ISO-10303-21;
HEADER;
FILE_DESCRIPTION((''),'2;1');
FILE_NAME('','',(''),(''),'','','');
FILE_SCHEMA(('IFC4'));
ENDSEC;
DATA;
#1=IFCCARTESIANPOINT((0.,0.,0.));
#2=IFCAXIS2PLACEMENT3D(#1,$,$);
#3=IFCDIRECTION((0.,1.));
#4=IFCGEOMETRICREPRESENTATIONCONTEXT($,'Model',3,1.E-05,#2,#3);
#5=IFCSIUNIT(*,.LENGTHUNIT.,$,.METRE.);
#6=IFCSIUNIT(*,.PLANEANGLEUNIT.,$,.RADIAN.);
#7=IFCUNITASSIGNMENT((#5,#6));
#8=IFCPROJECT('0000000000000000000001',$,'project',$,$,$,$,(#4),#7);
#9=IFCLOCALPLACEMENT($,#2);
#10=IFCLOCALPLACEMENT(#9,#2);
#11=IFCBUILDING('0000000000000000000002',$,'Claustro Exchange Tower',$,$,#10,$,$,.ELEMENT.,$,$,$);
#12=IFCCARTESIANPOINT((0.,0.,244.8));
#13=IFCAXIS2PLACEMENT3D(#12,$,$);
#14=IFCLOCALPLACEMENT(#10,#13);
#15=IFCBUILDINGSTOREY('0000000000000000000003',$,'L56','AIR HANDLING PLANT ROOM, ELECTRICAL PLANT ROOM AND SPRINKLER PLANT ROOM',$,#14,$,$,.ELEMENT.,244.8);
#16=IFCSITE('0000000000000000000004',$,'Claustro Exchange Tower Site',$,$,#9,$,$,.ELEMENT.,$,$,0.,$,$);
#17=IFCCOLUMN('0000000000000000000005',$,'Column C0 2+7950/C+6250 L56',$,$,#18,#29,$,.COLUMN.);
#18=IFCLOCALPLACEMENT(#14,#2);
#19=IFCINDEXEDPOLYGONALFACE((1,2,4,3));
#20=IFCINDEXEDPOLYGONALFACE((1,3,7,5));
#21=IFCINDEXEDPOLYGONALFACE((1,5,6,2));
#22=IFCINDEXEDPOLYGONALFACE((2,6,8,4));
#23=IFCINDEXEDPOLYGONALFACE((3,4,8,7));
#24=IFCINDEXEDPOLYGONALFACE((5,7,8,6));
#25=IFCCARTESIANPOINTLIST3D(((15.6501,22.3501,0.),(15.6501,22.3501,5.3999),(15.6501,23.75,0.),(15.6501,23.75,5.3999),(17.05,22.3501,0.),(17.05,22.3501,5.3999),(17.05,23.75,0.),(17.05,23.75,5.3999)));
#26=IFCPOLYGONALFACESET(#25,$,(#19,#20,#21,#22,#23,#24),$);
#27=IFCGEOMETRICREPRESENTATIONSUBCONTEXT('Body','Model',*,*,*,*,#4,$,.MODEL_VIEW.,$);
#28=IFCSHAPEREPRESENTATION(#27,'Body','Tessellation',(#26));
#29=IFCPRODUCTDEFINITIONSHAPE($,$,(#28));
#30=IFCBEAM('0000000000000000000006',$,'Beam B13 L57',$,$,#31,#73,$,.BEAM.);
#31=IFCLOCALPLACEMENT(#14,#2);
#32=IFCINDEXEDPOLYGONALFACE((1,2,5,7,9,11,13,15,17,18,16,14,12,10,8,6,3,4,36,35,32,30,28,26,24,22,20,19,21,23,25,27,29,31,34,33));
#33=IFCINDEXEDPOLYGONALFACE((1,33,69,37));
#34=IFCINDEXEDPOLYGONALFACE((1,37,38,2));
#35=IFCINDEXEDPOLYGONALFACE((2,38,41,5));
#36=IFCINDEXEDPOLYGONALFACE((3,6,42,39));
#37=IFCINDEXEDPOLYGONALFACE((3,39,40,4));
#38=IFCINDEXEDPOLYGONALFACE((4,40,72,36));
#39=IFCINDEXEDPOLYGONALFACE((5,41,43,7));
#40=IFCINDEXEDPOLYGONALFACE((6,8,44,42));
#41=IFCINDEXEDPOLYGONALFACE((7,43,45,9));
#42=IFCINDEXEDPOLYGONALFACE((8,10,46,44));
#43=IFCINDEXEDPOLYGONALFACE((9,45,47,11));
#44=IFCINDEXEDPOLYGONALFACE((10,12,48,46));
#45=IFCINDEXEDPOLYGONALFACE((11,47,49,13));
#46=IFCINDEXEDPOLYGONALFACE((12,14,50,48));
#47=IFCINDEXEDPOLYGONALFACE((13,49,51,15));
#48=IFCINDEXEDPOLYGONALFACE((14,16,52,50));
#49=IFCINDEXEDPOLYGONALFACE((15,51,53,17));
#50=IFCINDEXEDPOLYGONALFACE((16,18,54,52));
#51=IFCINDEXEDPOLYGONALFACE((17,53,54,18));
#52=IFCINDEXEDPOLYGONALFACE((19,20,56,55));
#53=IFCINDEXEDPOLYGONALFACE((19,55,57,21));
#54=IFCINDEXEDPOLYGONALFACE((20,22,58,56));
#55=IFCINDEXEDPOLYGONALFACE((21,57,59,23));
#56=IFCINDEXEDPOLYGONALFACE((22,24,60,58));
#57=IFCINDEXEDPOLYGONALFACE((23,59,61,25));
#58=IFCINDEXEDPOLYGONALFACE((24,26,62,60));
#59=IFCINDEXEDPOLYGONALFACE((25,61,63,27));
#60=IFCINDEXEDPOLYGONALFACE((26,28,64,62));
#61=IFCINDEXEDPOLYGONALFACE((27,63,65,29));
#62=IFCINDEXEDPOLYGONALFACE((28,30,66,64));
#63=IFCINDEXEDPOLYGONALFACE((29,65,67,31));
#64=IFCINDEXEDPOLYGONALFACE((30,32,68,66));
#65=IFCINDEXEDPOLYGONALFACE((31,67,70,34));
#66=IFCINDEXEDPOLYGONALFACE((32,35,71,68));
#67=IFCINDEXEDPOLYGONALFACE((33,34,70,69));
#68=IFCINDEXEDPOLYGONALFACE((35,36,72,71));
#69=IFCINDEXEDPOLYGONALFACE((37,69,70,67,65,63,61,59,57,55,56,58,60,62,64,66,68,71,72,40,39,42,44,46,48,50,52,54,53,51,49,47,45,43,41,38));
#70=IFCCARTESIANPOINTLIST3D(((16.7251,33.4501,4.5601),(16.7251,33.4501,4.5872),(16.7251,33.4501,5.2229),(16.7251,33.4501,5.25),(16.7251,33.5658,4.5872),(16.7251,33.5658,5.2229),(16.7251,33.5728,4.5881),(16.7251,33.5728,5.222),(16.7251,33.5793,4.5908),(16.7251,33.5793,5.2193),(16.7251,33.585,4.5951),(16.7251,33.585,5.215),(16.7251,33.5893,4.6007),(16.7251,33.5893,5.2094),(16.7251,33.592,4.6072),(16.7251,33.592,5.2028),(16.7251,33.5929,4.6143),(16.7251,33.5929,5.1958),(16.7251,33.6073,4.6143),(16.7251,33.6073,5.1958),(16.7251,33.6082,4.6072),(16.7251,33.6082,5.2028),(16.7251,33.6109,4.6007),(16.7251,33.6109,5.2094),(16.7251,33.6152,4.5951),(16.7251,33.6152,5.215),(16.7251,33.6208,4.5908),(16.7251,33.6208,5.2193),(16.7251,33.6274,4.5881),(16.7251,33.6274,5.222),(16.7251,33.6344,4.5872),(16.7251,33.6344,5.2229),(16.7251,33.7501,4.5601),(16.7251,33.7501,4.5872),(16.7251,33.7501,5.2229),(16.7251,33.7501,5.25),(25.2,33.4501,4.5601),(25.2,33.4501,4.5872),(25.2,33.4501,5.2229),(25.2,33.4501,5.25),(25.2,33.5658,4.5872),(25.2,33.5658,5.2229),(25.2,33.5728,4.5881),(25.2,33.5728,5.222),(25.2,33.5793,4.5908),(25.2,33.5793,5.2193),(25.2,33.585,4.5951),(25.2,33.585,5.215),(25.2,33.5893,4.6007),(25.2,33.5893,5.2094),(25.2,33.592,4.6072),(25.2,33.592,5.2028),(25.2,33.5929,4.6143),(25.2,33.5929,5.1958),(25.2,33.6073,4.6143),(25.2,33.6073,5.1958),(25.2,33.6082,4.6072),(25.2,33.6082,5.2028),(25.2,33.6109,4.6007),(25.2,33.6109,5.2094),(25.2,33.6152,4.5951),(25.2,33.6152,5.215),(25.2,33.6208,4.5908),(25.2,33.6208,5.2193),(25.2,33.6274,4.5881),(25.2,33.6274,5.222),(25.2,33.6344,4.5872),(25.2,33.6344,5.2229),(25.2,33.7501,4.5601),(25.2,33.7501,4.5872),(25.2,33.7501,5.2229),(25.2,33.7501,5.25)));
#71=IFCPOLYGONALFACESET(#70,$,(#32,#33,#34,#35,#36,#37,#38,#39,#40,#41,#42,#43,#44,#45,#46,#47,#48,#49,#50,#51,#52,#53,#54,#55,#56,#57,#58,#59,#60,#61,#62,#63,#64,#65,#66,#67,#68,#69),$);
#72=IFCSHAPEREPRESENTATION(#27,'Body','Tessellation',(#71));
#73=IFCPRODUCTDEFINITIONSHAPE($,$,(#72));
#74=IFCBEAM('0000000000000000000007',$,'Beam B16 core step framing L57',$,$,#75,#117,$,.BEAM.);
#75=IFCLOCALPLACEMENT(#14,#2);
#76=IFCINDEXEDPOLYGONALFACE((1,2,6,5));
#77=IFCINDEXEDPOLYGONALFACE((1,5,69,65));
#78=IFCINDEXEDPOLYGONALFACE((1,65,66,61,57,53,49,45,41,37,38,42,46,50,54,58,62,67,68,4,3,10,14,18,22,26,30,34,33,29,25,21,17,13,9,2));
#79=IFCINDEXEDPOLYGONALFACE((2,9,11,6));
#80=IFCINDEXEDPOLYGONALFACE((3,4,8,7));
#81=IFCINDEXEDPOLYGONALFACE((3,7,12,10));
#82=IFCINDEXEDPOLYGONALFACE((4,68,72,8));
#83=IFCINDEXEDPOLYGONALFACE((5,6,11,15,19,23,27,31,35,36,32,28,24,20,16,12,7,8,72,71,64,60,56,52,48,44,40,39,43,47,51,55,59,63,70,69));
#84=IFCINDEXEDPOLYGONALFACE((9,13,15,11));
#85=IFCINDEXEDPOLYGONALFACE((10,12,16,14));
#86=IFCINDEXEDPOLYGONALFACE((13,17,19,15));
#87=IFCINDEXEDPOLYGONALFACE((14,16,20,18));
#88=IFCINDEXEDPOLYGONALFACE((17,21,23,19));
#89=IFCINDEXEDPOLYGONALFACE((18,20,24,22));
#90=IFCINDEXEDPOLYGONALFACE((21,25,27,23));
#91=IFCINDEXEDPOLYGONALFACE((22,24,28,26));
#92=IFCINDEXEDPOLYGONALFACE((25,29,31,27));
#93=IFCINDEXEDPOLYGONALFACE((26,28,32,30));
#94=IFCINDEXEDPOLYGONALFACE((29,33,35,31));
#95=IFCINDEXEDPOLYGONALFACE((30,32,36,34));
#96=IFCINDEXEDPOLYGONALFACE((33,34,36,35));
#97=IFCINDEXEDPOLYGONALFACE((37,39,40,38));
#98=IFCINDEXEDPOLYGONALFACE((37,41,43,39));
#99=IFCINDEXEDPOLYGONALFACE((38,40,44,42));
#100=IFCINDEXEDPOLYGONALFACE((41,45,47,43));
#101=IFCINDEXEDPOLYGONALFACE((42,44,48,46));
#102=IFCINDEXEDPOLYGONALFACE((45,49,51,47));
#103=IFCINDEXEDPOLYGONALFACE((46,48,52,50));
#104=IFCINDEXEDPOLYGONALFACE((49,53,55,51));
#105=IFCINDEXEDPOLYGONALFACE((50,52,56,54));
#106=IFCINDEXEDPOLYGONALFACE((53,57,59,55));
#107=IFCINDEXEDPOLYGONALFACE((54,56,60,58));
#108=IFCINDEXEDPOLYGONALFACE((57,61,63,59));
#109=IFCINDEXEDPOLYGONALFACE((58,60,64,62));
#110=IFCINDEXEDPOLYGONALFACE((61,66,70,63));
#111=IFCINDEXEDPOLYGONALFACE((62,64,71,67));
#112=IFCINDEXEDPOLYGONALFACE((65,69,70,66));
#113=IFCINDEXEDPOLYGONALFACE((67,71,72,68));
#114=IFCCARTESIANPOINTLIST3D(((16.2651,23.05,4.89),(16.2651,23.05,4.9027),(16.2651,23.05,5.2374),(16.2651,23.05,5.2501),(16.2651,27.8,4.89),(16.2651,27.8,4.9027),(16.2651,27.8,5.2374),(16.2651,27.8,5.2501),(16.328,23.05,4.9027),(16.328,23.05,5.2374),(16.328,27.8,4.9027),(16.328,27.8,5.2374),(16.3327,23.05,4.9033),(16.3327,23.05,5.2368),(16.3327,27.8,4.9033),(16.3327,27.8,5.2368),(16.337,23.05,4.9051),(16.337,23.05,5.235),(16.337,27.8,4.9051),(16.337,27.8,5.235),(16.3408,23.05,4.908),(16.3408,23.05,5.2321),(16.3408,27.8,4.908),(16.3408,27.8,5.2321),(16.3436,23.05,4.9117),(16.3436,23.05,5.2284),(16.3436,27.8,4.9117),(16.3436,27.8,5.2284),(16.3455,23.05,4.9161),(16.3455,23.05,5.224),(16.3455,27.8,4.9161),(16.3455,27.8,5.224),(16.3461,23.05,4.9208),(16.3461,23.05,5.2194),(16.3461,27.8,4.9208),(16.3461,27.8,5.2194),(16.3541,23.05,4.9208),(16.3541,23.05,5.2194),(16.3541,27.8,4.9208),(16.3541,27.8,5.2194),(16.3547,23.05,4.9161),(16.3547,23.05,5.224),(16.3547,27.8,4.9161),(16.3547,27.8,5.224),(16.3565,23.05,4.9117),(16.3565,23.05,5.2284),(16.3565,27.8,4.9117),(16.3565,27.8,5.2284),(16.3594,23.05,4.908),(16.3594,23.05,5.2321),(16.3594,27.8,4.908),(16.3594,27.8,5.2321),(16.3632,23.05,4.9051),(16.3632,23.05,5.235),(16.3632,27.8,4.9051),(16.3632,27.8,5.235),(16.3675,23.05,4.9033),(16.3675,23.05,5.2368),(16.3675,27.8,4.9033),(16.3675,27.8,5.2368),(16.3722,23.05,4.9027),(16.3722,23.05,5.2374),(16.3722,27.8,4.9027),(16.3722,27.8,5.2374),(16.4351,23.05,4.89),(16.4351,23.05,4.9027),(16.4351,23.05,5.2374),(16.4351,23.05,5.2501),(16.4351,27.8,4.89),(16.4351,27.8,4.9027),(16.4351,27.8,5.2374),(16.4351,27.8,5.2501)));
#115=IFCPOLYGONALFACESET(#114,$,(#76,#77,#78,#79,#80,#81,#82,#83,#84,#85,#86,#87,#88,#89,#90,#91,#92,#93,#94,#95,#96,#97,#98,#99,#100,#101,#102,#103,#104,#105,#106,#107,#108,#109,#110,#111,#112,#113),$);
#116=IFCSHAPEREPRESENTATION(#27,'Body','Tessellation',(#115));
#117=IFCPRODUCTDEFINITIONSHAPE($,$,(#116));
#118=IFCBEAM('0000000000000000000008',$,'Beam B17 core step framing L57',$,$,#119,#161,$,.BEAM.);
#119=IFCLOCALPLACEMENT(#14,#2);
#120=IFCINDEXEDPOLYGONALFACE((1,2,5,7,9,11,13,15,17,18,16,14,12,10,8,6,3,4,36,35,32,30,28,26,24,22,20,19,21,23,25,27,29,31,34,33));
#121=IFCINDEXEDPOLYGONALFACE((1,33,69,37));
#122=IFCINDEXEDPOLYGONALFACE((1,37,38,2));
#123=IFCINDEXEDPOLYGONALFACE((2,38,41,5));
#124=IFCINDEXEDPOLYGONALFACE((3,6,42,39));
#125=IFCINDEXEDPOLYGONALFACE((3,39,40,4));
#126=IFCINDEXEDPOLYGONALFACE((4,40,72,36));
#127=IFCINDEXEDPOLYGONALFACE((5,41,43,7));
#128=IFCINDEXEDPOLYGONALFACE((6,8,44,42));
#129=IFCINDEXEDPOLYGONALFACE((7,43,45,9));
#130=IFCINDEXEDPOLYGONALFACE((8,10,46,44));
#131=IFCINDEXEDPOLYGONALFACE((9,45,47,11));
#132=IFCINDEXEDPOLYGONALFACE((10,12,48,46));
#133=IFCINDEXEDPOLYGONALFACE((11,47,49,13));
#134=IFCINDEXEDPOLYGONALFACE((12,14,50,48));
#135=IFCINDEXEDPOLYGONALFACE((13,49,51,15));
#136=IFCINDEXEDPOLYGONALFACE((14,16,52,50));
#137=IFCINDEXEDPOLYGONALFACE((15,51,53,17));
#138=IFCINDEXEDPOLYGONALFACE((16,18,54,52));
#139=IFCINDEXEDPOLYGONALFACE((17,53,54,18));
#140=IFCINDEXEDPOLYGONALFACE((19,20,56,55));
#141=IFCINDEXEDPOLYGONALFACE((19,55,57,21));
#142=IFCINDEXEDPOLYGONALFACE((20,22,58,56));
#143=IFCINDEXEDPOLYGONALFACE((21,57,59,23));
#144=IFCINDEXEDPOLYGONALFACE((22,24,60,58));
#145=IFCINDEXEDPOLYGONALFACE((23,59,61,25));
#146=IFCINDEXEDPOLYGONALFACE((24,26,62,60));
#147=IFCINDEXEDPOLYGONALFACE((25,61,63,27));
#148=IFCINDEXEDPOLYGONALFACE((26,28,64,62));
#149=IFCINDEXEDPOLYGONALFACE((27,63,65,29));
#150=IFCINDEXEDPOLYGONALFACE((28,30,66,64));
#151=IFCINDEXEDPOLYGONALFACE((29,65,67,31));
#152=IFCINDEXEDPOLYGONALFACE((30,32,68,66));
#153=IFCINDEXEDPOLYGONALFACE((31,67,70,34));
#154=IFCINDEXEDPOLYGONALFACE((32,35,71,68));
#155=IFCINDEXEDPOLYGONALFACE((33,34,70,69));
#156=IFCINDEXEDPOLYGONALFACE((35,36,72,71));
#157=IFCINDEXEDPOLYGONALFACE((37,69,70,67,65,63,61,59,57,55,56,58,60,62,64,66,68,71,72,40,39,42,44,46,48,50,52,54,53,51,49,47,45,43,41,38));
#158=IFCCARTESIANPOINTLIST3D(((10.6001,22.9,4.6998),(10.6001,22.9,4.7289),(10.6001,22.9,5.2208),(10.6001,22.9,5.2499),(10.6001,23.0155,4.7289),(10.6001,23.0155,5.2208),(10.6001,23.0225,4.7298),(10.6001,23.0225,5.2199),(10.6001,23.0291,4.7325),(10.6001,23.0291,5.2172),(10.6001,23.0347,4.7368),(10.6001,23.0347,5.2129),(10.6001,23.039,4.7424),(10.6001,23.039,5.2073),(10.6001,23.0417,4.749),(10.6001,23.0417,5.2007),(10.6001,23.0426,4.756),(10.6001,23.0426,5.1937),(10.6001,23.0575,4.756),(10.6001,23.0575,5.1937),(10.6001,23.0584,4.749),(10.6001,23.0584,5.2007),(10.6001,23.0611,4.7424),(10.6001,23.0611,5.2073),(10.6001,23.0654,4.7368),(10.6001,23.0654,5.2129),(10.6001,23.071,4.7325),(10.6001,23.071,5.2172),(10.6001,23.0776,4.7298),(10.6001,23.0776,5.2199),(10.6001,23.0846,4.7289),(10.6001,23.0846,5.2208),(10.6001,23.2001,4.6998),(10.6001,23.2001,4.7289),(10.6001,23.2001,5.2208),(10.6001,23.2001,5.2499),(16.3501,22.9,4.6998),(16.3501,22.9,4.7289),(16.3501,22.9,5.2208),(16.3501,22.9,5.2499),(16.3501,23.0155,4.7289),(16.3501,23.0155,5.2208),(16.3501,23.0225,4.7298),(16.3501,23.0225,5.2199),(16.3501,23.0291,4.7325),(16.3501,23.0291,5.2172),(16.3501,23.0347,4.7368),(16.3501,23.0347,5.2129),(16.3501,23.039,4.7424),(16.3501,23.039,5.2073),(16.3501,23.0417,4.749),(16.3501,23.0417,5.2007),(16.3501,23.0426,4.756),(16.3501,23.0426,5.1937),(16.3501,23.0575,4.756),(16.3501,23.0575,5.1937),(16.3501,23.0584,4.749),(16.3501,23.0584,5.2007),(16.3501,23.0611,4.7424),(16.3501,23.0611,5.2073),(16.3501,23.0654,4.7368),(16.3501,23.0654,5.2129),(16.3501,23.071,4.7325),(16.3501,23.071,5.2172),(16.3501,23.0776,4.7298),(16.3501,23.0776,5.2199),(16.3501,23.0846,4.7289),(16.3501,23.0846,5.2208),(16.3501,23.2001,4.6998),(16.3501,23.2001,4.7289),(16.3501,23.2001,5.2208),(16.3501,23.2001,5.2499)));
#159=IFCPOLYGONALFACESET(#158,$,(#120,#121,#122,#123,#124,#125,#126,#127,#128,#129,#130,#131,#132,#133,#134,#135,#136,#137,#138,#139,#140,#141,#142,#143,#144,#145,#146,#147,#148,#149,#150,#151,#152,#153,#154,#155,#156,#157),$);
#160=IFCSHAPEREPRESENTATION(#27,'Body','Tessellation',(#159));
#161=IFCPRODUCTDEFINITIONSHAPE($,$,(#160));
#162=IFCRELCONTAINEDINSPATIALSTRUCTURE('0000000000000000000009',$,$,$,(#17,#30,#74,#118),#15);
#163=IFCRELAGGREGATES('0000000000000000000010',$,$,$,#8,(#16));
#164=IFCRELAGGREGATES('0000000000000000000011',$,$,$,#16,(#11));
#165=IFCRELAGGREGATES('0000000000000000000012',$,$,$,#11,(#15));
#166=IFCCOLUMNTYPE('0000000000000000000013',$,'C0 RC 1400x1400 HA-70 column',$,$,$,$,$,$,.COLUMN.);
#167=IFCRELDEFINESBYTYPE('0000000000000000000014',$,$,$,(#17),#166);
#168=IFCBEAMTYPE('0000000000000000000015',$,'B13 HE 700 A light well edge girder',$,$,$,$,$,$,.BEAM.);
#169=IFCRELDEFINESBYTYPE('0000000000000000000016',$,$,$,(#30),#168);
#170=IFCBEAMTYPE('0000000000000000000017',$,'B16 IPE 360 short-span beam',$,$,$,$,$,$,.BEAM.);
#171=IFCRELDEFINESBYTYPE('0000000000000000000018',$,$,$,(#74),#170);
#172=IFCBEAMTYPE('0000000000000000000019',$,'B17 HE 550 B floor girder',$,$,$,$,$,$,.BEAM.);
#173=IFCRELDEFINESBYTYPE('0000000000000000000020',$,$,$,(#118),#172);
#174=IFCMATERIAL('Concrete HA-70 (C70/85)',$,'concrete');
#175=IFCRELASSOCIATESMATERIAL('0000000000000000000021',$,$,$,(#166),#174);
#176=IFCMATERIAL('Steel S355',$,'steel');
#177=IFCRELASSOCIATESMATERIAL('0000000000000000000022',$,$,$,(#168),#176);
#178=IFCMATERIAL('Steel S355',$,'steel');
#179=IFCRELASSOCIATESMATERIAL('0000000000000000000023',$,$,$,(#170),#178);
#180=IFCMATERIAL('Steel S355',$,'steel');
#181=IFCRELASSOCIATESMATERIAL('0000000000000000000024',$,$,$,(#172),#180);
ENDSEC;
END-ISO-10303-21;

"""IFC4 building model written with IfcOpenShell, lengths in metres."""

from ifc_helpers import new_model, si_unit, direction, frame, origin, origin_2d, place, context, subcontext, project, spatial, rectangle, i_section, extrude, material, material_profile, profile_set, type_object, element, save


model = new_model("IFC4")

# Units and contexts
model_context = context("Model", 3, precision=1e-05, world=origin(), true_north=direction((0.0, 1.0)))
body_context = subcontext(model_context, "Body", "Model", "MODEL_VIEW")
ifc_project = project(units=[si_unit("LENGTHUNIT", "METRE"), si_unit("PLANEANGLEUNIT", "RADIAN")], contexts=[model_context])

# Site, building, storey
site_placement = place(None, origin())
site = spatial("IfcSite", under=ifc_project, at=site_placement, Name="Claustro Exchange Tower Site", CompositionType="ELEMENT", RefElevation=0.0)
building_placement = place(site_placement, origin())
building = spatial("IfcBuilding", under=site, at=building_placement, Name="Claustro Exchange Tower", CompositionType="ELEMENT")
storey_placement = place(building_placement, frame((0.0, 0.0, 244.8)))
storey = spatial("IfcBuildingStorey", under=building, at=storey_placement, Name="L56", Description="AIR HANDLING PLANT ROOM, ELECTRICAL PLANT ROOM AND SPRINKLER PLANT ROOM", CompositionType="ELEMENT", Elevation=244.8)

# Column
ifc_material_1 = material(Name="Concrete HA-70 (C70/85)", Category="concrete")
ifc_material_profile_1 = material_profile(ifc_material_1, rectangle(XDim=1.3999, YDim=1.3999, at=origin_2d()), Name="RC 1400x1400")
ifc_profile_set_1 = profile_set([ifc_material_profile_1], Name="Concrete HA-70 (C70/85)")
column_type = type_object("IfcColumnType", Name="C0 RC 1400x1400 HA-70 column", PredefinedType="COLUMN", material=ifc_profile_set_1)
column_placement = place(storey_placement, frame((16.3501, 23.05, 0.0), z_axis=(0.0, 0.0, 1.0), x_axis=(1.0, 0.0, 0.0)))
element("IfcColumn", 1, at=column_placement, inside=storey, type_object=column_type, Name="Column C0 2+7950/C+6250 L56", PredefinedType="COLUMN", context=body_context, shape_type="SweptSolid", body=[
    extrude(rectangle(XDim=1.3999, YDim=1.3999, at=origin_2d()), origin(), (0.0, 0.0, 1.0), 5.3999),
])

# Beams
ifc_material_2 = material(Name="Steel S355", Category="steel")
ifc_material_profile_2 = material_profile(ifc_material_2, i_section(OverallWidth=0.3, OverallDepth=0.6899, WebThickness=0.0144, FlangeThickness=0.0271, FilletRadius=0.0271, at=origin_2d()), Name="HE 700 A")
ifc_profile_set_2 = profile_set([ifc_material_profile_2], Name="Steel S355")
beam_type_1 = type_object("IfcBeamType", Name="B13 HE 700 A light well edge girder", PredefinedType="BEAM", material=ifc_profile_set_2)
beam_1_placement = place(storey_placement, frame((16.7251, 33.6001, 4.905), z_axis=(1.0, 0.0, 0.0), x_axis=(0.0, 1.0, 0.0)))
element("IfcBeam", 2, at=beam_1_placement, inside=storey, type_object=beam_type_1, Name="Beam B13 L57", PredefinedType="BEAM", context=body_context, shape_type="SweptSolid", body=[
    extrude(i_section(OverallWidth=0.3, OverallDepth=0.6899, WebThickness=0.0144, FlangeThickness=0.0271, FilletRadius=0.0271, at=origin_2d()), origin(), (0.0, 0.0, 1.0), 8.4749),
])
ifc_material_3 = material(Name="Steel S355", Category="steel")
ifc_material_profile_3 = material_profile(ifc_material_3, i_section(OverallWidth=0.1699, OverallDepth=0.3601, WebThickness=0.0081, FlangeThickness=0.0127, FilletRadius=0.0181, at=origin_2d()), Name="IPE 360")
ifc_profile_set_3 = profile_set([ifc_material_profile_3], Name="Steel S355")
beam_type_2 = type_object("IfcBeamType", Name="B16 IPE 360 short-span beam", PredefinedType="BEAM", material=ifc_profile_set_3)
beam_2_placement = place(storey_placement, frame((16.3501, 23.05, 5.0701), z_axis=(0.0, 1.0, 0.0), x_axis=(-1.0, 0.0, 0.0)))
element("IfcBeam", 3, at=beam_2_placement, inside=storey, type_object=beam_type_2, Name="Beam B16 core step framing L57", PredefinedType="BEAM", context=body_context, shape_type="SweptSolid", body=[
    extrude(i_section(OverallWidth=0.1699, OverallDepth=0.3601, WebThickness=0.0081, FlangeThickness=0.0127, FilletRadius=0.0181, at=origin_2d()), origin(), (0.0, 0.0, 1.0), 4.75),
])
ifc_material_4 = material(Name="Steel S355", Category="steel")
ifc_material_profile_4 = material_profile(ifc_material_4, i_section(OverallWidth=0.3, OverallDepth=0.55, WebThickness=0.0149, FlangeThickness=0.0291, FilletRadius=0.0271, at=origin_2d()), Name="HE 550 B")
ifc_profile_set_4 = profile_set([ifc_material_profile_4], Name="Steel S355")
beam_type_3 = type_object("IfcBeamType", Name="B17 HE 550 B floor girder", PredefinedType="BEAM", material=ifc_profile_set_4)
beam_3_placement = place(storey_placement, frame((10.6001, 23.05, 4.9749), z_axis=(1.0, 0.0, 0.0), x_axis=(0.0, 1.0, 0.0)))
element("IfcBeam", 4, at=beam_3_placement, inside=storey, type_object=beam_type_3, Name="Beam B17 core step framing L57", PredefinedType="BEAM", context=body_context, shape_type="SweptSolid", body=[
    extrude(i_section(OverallWidth=0.3, OverallDepth=0.55, WebThickness=0.0149, FlangeThickness=0.0291, FilletRadius=0.0271, at=origin_2d()), origin(), (0.0, 0.0, 1.0), 5.75),
])

save(model, "model.ifc")
